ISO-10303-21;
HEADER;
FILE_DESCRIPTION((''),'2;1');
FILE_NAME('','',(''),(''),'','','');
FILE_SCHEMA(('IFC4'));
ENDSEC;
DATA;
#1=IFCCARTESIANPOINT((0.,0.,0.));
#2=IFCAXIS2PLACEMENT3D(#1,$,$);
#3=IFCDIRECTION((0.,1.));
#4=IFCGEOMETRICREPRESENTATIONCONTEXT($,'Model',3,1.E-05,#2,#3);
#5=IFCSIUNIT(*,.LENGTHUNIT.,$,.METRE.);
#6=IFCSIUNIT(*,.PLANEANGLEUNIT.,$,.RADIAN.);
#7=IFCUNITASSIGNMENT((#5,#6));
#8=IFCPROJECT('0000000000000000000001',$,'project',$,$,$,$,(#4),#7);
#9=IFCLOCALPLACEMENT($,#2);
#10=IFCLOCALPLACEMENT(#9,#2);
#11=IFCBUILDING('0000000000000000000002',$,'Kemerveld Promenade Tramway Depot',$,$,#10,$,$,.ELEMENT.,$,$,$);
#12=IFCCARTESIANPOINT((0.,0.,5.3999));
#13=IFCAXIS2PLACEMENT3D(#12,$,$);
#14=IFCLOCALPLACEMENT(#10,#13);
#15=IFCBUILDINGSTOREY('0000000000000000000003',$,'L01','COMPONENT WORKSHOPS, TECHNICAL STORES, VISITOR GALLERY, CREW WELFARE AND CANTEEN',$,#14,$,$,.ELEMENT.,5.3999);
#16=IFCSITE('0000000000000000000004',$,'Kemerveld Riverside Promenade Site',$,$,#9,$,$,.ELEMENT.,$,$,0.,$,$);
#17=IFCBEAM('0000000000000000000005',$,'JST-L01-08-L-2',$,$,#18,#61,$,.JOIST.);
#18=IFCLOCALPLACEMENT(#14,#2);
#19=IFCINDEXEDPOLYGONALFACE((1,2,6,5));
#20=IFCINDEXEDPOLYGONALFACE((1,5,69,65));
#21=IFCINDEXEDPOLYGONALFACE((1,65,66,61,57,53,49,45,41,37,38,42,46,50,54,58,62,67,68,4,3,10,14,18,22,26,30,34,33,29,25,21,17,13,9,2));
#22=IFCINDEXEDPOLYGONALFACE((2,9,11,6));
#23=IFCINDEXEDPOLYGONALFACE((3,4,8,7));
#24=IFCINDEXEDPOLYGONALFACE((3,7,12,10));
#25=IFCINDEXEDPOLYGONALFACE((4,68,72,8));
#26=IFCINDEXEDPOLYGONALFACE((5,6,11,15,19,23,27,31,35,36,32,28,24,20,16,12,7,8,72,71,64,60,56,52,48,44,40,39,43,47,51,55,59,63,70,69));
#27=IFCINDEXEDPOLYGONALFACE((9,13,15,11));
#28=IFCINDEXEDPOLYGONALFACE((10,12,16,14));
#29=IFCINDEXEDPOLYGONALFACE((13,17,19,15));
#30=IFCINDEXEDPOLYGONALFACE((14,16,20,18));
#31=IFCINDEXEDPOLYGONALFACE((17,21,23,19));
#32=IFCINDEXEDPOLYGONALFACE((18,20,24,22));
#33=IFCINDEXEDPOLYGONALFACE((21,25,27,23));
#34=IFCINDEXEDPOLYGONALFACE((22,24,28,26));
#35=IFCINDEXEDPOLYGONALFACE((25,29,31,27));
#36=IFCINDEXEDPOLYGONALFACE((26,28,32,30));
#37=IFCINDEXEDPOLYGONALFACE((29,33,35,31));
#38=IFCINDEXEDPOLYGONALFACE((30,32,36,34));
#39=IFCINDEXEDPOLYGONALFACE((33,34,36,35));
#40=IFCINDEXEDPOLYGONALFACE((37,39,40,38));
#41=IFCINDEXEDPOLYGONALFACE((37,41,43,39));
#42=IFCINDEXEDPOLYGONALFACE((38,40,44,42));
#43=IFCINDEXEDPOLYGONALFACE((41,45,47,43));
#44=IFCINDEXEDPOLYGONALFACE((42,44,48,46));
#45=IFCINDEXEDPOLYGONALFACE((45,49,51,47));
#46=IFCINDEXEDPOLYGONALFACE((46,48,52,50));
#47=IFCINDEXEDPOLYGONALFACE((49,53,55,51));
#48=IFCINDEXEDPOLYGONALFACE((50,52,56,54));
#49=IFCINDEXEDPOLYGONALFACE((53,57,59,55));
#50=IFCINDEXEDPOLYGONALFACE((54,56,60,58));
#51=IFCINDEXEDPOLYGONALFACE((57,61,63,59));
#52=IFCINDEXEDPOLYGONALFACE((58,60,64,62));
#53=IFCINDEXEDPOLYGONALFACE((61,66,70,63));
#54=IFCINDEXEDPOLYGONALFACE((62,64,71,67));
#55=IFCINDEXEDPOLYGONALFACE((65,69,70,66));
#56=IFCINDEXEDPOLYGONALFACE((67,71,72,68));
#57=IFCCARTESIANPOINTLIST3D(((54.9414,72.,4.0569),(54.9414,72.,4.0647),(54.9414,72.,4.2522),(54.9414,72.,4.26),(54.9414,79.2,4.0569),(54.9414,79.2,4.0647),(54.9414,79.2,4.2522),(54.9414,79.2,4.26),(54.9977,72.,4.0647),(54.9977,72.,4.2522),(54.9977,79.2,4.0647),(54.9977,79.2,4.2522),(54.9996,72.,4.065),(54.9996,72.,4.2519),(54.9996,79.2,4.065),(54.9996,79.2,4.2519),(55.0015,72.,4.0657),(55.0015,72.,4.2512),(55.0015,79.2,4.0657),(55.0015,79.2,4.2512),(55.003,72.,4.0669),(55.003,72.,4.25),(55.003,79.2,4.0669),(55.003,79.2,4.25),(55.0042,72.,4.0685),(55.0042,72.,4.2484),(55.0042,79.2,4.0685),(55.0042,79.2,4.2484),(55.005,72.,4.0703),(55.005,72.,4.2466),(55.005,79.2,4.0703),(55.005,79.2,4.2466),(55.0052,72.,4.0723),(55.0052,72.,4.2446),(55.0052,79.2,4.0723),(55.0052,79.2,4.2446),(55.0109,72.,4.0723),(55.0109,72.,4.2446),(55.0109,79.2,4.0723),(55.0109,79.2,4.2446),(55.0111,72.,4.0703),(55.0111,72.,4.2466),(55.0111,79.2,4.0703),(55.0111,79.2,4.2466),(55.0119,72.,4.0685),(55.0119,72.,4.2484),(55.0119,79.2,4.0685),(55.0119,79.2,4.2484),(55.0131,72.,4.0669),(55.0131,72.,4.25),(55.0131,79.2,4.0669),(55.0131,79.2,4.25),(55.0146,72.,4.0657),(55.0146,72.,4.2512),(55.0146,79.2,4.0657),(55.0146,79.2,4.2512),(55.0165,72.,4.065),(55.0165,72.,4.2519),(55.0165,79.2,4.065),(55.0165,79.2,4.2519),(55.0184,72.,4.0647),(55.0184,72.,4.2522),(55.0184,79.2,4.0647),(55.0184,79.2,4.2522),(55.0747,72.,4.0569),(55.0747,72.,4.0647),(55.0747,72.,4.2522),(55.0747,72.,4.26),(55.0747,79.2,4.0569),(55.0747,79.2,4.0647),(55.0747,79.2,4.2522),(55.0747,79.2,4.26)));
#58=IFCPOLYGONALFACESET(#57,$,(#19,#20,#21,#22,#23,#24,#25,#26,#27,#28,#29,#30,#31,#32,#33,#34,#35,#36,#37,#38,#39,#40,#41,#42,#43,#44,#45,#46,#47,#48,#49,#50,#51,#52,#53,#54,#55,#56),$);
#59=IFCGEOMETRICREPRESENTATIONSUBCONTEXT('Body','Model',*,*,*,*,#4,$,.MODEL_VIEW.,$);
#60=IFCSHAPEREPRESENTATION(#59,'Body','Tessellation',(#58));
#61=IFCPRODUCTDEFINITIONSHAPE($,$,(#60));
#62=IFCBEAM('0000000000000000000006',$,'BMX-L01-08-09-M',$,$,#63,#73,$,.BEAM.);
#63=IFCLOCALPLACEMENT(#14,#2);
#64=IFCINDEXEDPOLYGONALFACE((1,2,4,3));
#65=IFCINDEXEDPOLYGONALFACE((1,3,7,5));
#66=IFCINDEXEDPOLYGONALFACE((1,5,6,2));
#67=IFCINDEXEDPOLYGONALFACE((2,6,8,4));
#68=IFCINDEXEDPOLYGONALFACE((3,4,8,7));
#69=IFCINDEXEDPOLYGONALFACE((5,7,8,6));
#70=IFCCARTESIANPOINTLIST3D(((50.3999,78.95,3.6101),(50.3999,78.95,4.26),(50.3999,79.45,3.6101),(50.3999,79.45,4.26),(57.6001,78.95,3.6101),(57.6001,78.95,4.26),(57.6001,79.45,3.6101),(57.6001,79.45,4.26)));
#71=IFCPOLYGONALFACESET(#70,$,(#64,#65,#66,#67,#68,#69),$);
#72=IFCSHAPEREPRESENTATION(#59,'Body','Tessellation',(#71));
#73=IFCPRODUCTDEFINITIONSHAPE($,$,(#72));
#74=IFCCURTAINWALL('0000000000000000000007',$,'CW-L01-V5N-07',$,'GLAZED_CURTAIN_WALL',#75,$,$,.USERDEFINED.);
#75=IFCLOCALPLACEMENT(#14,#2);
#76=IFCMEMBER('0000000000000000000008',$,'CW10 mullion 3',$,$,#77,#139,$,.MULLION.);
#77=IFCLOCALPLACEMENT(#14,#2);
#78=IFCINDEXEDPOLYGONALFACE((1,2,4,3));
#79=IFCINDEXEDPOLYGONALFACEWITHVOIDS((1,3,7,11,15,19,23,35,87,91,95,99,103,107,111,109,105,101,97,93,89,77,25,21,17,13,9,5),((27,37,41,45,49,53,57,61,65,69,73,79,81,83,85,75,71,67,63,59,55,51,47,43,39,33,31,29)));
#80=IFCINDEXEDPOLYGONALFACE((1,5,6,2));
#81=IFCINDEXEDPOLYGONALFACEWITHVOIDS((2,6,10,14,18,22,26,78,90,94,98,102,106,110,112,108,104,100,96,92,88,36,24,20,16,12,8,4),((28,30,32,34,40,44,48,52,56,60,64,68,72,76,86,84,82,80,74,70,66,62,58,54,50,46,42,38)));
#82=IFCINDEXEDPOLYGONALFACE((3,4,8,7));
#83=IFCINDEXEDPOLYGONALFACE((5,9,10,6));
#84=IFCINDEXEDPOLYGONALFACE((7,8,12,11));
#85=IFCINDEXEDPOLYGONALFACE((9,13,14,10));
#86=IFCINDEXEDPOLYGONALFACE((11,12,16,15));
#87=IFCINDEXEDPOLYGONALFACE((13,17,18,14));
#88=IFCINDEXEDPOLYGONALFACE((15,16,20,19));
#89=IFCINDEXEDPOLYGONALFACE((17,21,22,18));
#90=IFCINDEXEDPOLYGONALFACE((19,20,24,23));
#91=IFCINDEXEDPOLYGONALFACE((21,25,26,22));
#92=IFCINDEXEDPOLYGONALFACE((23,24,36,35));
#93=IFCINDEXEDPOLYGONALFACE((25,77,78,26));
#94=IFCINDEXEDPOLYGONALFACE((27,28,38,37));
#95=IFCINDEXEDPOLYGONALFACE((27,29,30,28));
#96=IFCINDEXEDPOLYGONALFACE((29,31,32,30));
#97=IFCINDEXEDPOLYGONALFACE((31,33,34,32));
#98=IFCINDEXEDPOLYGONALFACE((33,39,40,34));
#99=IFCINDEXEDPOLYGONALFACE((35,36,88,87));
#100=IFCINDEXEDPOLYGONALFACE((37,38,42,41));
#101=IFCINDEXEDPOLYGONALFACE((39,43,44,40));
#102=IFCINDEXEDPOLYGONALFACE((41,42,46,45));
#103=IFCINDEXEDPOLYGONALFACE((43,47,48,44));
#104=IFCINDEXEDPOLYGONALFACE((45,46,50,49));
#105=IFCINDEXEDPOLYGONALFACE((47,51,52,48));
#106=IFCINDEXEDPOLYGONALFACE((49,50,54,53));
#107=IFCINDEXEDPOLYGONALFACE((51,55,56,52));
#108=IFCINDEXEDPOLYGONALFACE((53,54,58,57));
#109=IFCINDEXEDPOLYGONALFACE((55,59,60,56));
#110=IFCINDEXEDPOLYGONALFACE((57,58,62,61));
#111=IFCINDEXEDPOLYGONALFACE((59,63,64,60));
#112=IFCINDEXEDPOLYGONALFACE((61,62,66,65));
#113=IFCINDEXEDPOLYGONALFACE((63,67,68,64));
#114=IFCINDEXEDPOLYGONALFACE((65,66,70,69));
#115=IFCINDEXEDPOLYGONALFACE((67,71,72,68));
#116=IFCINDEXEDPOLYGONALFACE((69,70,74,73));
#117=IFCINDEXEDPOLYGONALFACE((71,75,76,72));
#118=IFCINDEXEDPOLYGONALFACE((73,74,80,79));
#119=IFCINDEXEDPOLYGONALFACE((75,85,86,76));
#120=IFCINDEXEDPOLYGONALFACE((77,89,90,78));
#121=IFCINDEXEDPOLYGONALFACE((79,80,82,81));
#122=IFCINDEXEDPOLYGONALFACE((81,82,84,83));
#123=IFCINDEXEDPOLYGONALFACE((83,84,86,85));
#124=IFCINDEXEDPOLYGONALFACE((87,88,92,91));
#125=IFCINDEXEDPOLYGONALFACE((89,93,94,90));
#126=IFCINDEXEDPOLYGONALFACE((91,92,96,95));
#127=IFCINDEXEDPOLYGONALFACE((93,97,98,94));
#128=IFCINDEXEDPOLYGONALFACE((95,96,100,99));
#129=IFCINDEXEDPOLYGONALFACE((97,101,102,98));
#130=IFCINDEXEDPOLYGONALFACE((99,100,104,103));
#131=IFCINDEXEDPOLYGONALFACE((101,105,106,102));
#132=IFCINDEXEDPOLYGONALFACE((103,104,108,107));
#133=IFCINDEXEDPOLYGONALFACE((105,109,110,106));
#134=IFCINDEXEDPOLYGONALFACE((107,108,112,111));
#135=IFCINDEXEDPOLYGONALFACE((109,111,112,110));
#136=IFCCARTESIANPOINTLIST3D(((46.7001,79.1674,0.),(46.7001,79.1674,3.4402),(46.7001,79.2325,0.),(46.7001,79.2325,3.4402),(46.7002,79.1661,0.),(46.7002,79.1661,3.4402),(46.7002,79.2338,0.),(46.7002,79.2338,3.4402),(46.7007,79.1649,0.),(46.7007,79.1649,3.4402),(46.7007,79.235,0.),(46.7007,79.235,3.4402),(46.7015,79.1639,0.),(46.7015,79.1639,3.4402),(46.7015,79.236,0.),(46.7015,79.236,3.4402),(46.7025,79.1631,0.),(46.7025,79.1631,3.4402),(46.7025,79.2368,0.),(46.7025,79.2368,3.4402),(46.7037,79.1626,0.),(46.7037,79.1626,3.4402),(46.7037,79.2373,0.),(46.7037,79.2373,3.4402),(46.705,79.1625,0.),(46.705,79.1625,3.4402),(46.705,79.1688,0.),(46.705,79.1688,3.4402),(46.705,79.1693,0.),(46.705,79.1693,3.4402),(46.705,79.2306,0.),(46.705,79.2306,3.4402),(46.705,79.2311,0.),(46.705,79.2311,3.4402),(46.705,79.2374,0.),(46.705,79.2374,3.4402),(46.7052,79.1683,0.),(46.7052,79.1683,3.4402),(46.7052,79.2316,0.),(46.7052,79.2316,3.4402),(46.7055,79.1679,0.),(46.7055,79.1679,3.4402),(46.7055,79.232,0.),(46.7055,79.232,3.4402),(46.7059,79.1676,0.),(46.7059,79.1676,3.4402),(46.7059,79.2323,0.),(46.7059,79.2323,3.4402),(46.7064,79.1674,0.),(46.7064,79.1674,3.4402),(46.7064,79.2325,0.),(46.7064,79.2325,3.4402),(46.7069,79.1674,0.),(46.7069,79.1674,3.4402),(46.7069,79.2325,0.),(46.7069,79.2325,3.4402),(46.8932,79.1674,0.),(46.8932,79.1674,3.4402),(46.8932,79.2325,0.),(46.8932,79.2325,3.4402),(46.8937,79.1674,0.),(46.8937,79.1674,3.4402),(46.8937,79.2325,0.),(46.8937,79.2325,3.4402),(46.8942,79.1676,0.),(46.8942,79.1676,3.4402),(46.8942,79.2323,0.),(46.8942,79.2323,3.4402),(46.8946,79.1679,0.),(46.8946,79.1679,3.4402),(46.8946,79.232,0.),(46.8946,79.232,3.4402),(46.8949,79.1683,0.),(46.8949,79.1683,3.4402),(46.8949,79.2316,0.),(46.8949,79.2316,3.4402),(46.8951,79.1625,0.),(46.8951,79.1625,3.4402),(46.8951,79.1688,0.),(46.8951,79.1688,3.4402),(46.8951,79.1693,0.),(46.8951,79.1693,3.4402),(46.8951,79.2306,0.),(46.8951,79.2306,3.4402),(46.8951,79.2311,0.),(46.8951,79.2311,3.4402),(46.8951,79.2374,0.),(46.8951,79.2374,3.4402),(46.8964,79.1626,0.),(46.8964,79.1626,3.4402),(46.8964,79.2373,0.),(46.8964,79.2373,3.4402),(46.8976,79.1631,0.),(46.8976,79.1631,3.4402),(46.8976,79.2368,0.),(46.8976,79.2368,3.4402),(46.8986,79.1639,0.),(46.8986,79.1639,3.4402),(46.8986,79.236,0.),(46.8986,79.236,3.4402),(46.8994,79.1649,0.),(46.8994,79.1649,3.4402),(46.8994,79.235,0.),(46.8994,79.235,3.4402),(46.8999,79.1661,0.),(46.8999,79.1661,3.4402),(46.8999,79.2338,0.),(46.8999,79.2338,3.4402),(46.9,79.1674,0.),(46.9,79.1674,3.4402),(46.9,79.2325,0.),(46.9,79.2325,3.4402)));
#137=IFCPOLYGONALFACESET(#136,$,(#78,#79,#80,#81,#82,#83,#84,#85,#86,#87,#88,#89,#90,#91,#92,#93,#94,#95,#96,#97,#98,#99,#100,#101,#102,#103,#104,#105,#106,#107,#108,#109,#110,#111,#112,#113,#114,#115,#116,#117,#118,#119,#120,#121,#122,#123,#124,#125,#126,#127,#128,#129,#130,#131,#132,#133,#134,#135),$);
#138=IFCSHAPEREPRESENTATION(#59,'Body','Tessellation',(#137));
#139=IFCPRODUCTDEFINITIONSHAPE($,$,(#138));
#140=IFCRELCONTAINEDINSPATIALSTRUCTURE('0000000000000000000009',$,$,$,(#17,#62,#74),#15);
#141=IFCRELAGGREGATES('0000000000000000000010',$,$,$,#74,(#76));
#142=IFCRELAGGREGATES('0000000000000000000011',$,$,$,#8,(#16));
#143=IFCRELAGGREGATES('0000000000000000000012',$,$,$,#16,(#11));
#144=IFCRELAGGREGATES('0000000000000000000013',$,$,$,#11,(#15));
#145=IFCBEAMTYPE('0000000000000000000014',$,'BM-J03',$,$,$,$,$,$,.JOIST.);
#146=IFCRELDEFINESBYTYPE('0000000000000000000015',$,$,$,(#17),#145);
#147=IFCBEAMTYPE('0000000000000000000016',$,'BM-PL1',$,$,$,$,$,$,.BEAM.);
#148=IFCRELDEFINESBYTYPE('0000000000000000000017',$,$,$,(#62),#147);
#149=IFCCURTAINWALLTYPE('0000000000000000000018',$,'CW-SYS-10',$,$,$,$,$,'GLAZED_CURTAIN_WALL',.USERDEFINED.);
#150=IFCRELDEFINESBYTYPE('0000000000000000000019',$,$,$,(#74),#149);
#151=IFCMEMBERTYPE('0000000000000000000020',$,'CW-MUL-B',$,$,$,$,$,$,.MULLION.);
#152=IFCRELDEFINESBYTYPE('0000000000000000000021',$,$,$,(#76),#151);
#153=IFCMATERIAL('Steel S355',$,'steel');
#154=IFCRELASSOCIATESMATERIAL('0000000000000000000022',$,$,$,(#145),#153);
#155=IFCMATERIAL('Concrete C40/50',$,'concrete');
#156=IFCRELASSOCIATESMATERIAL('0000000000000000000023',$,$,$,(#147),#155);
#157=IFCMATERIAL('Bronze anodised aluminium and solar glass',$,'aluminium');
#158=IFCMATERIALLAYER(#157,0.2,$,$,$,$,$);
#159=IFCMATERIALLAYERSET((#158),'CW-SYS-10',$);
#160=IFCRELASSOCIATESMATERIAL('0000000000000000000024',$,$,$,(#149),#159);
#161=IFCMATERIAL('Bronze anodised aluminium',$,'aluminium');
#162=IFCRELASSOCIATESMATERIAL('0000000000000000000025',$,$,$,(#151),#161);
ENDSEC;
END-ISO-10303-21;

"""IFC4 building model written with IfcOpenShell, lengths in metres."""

from ifc_helpers import new_model, si_unit, direction, frame, origin, origin_2d, place, context, subcontext, project, spatial, rectangle, hollow_rectangle, i_section, extrude, material, layer, layer_set, material_profile, profile_set, type_object, element, aggregate, save


model = new_model("IFC4")

# Units and contexts
model_context = context("Model", 3, precision=1e-05, world=origin(), true_north=direction((0.0, 1.0)))
body_context = subcontext(model_context, "Body", "Model", "MODEL_VIEW")
ifc_project = project(units=[si_unit("LENGTHUNIT", "METRE"), si_unit("PLANEANGLEUNIT", "RADIAN")], contexts=[model_context])

# Site, building, storey
site_placement = place(None, origin())
site = spatial("IfcSite", under=ifc_project, at=site_placement, Name="Kemerveld Riverside Promenade Site", CompositionType="ELEMENT", RefElevation=0.0)
building_placement = place(site_placement, origin())
building = spatial("IfcBuilding", under=site, at=building_placement, Name="Kemerveld Promenade Tramway Depot", CompositionType="ELEMENT")
storey_placement = place(building_placement, frame((0.0, 0.0, 5.3999)))
storey = spatial("IfcBuildingStorey", under=building, at=storey_placement, Name="L01", Description="COMPONENT WORKSHOPS, TECHNICAL STORES, VISITOR GALLERY, CREW WELFARE AND CANTEEN", CompositionType="ELEMENT", Elevation=5.3999)

# Shared definitions
ifc_material_1 = material(Name="Steel S355", Category="steel")

# Beams
ifc_material_profile_1 = material_profile(ifc_material_1, i_section(OverallWidth=0.1333, OverallDepth=0.2031, WebThickness=0.0056, FlangeThickness=0.0078, FilletRadius=0.0076, at=origin_2d()), Name="203x133x25 UB")
ifc_profile_set_1 = profile_set([ifc_material_profile_1], Name="Steel S355")
beam_type_1 = type_object("IfcBeamType", Name="BM-J03", PredefinedType="JOIST", material=ifc_profile_set_1)
for number, where, z_axis, x_axis, name in (
    (1, (55.0081, 72.0, 4.1584), (0.0, 1.0, 0.0), (-1.0, 0.0, 0.0), "JST-L01-08-L-2"),
):
    element("IfcBeam", number, at=place(storey_placement, frame(where, z_axis=z_axis, x_axis=x_axis)), inside=storey, type_object=beam_type_1, Name=name, PredefinedType="JOIST", context=body_context, shape_type="SweptSolid", body=[
        extrude(i_section(OverallWidth=0.1333, OverallDepth=0.2031, WebThickness=0.0056, FlangeThickness=0.0078, FilletRadius=0.0076, at=origin_2d()), origin(), (0.0, 0.0, 1.0), 7.2),
    ])
ifc_material_2 = material(Name="Concrete C40/50", Category="concrete")
ifc_material_profile_2 = material_profile(ifc_material_2, rectangle(XDim=0.5, YDim=0.6499, at=origin_2d()), Name="RC-PLINTH-500x650")
ifc_profile_set_2 = profile_set([ifc_material_profile_2], Name="Concrete C40/50")
beam_type_2 = type_object("IfcBeamType", Name="BM-PL1", PredefinedType="BEAM", material=ifc_profile_set_2)
beam_1_placement = place(storey_placement, frame((50.3999, 79.2, 3.9351), z_axis=(1.0, 0.0, 0.0), x_axis=(0.0, 1.0, 0.0)))
element("IfcBeam", 2, at=beam_1_placement, inside=storey, type_object=beam_type_2, Name="BMX-L01-08-09-M", PredefinedType="BEAM", context=body_context, shape_type="SweptSolid", body=[
    extrude(rectangle(XDim=0.5, YDim=0.6499, at=origin_2d()), origin(), (0.0, 0.0, 1.0), 7.2002),
])

# Curtain wall, member
ifc_material_3 = material(Name="Bronze anodised aluminium and solar glass", Category="aluminium")
ifc_layer_1 = layer(ifc_material_3, 0.2)
ifc_layer_set_1 = layer_set([ifc_layer_1], Name="CW-SYS-10")
curtain_wall_type = type_object("IfcCurtainWallType", Name="CW-SYS-10", ElementType="GLAZED_CURTAIN_WALL", PredefinedType="USERDEFINED", material=ifc_layer_set_1)
curtain_wall_placement = place(storey_placement, origin())
curtain_wall = element("IfcCurtainWall", 3, at=curtain_wall_placement, inside=storey, type_object=curtain_wall_type, Name="CW-L01-V5N-07", ObjectType="GLAZED_CURTAIN_WALL", PredefinedType="USERDEFINED")
ifc_material_4 = material(Name="Bronze anodised aluminium", Category="aluminium")
ifc_material_profile_3 = material_profile(ifc_material_4, hollow_rectangle(XDim=0.075, YDim=0.2, WallThickness=0.0049, InnerFilletRadius=0.002, OuterFilletRadius=0.0049, at=origin_2d()), Name="CW-MUL-200x75")
ifc_profile_set_3 = profile_set([ifc_material_profile_3], Name="Bronze anodised aluminium")
member_type_1 = type_object("IfcMemberType", Name="CW-MUL-B", PredefinedType="MULLION", material=ifc_profile_set_3)
member_1_placement = place(storey_placement, frame((46.8, 79.2, 0.0), z_axis=(0.0, 0.0, 1.0), x_axis=(0.0, 1.0, 0.0)))
member_1 = element("IfcMember", 4, at=member_1_placement, type_object=member_type_1, Name="CW10 mullion 3", PredefinedType="MULLION", context=body_context, shape_type="SweptSolid", body=[
    extrude(hollow_rectangle(XDim=0.075, YDim=0.2, WallThickness=0.0049, InnerFilletRadius=0.002, OuterFilletRadius=0.0049, at=origin_2d()), origin(), (0.0, 0.0, 1.0), 3.4402),
])
aggregate(curtain_wall, [member_1])

save(model, "model.ifc")
